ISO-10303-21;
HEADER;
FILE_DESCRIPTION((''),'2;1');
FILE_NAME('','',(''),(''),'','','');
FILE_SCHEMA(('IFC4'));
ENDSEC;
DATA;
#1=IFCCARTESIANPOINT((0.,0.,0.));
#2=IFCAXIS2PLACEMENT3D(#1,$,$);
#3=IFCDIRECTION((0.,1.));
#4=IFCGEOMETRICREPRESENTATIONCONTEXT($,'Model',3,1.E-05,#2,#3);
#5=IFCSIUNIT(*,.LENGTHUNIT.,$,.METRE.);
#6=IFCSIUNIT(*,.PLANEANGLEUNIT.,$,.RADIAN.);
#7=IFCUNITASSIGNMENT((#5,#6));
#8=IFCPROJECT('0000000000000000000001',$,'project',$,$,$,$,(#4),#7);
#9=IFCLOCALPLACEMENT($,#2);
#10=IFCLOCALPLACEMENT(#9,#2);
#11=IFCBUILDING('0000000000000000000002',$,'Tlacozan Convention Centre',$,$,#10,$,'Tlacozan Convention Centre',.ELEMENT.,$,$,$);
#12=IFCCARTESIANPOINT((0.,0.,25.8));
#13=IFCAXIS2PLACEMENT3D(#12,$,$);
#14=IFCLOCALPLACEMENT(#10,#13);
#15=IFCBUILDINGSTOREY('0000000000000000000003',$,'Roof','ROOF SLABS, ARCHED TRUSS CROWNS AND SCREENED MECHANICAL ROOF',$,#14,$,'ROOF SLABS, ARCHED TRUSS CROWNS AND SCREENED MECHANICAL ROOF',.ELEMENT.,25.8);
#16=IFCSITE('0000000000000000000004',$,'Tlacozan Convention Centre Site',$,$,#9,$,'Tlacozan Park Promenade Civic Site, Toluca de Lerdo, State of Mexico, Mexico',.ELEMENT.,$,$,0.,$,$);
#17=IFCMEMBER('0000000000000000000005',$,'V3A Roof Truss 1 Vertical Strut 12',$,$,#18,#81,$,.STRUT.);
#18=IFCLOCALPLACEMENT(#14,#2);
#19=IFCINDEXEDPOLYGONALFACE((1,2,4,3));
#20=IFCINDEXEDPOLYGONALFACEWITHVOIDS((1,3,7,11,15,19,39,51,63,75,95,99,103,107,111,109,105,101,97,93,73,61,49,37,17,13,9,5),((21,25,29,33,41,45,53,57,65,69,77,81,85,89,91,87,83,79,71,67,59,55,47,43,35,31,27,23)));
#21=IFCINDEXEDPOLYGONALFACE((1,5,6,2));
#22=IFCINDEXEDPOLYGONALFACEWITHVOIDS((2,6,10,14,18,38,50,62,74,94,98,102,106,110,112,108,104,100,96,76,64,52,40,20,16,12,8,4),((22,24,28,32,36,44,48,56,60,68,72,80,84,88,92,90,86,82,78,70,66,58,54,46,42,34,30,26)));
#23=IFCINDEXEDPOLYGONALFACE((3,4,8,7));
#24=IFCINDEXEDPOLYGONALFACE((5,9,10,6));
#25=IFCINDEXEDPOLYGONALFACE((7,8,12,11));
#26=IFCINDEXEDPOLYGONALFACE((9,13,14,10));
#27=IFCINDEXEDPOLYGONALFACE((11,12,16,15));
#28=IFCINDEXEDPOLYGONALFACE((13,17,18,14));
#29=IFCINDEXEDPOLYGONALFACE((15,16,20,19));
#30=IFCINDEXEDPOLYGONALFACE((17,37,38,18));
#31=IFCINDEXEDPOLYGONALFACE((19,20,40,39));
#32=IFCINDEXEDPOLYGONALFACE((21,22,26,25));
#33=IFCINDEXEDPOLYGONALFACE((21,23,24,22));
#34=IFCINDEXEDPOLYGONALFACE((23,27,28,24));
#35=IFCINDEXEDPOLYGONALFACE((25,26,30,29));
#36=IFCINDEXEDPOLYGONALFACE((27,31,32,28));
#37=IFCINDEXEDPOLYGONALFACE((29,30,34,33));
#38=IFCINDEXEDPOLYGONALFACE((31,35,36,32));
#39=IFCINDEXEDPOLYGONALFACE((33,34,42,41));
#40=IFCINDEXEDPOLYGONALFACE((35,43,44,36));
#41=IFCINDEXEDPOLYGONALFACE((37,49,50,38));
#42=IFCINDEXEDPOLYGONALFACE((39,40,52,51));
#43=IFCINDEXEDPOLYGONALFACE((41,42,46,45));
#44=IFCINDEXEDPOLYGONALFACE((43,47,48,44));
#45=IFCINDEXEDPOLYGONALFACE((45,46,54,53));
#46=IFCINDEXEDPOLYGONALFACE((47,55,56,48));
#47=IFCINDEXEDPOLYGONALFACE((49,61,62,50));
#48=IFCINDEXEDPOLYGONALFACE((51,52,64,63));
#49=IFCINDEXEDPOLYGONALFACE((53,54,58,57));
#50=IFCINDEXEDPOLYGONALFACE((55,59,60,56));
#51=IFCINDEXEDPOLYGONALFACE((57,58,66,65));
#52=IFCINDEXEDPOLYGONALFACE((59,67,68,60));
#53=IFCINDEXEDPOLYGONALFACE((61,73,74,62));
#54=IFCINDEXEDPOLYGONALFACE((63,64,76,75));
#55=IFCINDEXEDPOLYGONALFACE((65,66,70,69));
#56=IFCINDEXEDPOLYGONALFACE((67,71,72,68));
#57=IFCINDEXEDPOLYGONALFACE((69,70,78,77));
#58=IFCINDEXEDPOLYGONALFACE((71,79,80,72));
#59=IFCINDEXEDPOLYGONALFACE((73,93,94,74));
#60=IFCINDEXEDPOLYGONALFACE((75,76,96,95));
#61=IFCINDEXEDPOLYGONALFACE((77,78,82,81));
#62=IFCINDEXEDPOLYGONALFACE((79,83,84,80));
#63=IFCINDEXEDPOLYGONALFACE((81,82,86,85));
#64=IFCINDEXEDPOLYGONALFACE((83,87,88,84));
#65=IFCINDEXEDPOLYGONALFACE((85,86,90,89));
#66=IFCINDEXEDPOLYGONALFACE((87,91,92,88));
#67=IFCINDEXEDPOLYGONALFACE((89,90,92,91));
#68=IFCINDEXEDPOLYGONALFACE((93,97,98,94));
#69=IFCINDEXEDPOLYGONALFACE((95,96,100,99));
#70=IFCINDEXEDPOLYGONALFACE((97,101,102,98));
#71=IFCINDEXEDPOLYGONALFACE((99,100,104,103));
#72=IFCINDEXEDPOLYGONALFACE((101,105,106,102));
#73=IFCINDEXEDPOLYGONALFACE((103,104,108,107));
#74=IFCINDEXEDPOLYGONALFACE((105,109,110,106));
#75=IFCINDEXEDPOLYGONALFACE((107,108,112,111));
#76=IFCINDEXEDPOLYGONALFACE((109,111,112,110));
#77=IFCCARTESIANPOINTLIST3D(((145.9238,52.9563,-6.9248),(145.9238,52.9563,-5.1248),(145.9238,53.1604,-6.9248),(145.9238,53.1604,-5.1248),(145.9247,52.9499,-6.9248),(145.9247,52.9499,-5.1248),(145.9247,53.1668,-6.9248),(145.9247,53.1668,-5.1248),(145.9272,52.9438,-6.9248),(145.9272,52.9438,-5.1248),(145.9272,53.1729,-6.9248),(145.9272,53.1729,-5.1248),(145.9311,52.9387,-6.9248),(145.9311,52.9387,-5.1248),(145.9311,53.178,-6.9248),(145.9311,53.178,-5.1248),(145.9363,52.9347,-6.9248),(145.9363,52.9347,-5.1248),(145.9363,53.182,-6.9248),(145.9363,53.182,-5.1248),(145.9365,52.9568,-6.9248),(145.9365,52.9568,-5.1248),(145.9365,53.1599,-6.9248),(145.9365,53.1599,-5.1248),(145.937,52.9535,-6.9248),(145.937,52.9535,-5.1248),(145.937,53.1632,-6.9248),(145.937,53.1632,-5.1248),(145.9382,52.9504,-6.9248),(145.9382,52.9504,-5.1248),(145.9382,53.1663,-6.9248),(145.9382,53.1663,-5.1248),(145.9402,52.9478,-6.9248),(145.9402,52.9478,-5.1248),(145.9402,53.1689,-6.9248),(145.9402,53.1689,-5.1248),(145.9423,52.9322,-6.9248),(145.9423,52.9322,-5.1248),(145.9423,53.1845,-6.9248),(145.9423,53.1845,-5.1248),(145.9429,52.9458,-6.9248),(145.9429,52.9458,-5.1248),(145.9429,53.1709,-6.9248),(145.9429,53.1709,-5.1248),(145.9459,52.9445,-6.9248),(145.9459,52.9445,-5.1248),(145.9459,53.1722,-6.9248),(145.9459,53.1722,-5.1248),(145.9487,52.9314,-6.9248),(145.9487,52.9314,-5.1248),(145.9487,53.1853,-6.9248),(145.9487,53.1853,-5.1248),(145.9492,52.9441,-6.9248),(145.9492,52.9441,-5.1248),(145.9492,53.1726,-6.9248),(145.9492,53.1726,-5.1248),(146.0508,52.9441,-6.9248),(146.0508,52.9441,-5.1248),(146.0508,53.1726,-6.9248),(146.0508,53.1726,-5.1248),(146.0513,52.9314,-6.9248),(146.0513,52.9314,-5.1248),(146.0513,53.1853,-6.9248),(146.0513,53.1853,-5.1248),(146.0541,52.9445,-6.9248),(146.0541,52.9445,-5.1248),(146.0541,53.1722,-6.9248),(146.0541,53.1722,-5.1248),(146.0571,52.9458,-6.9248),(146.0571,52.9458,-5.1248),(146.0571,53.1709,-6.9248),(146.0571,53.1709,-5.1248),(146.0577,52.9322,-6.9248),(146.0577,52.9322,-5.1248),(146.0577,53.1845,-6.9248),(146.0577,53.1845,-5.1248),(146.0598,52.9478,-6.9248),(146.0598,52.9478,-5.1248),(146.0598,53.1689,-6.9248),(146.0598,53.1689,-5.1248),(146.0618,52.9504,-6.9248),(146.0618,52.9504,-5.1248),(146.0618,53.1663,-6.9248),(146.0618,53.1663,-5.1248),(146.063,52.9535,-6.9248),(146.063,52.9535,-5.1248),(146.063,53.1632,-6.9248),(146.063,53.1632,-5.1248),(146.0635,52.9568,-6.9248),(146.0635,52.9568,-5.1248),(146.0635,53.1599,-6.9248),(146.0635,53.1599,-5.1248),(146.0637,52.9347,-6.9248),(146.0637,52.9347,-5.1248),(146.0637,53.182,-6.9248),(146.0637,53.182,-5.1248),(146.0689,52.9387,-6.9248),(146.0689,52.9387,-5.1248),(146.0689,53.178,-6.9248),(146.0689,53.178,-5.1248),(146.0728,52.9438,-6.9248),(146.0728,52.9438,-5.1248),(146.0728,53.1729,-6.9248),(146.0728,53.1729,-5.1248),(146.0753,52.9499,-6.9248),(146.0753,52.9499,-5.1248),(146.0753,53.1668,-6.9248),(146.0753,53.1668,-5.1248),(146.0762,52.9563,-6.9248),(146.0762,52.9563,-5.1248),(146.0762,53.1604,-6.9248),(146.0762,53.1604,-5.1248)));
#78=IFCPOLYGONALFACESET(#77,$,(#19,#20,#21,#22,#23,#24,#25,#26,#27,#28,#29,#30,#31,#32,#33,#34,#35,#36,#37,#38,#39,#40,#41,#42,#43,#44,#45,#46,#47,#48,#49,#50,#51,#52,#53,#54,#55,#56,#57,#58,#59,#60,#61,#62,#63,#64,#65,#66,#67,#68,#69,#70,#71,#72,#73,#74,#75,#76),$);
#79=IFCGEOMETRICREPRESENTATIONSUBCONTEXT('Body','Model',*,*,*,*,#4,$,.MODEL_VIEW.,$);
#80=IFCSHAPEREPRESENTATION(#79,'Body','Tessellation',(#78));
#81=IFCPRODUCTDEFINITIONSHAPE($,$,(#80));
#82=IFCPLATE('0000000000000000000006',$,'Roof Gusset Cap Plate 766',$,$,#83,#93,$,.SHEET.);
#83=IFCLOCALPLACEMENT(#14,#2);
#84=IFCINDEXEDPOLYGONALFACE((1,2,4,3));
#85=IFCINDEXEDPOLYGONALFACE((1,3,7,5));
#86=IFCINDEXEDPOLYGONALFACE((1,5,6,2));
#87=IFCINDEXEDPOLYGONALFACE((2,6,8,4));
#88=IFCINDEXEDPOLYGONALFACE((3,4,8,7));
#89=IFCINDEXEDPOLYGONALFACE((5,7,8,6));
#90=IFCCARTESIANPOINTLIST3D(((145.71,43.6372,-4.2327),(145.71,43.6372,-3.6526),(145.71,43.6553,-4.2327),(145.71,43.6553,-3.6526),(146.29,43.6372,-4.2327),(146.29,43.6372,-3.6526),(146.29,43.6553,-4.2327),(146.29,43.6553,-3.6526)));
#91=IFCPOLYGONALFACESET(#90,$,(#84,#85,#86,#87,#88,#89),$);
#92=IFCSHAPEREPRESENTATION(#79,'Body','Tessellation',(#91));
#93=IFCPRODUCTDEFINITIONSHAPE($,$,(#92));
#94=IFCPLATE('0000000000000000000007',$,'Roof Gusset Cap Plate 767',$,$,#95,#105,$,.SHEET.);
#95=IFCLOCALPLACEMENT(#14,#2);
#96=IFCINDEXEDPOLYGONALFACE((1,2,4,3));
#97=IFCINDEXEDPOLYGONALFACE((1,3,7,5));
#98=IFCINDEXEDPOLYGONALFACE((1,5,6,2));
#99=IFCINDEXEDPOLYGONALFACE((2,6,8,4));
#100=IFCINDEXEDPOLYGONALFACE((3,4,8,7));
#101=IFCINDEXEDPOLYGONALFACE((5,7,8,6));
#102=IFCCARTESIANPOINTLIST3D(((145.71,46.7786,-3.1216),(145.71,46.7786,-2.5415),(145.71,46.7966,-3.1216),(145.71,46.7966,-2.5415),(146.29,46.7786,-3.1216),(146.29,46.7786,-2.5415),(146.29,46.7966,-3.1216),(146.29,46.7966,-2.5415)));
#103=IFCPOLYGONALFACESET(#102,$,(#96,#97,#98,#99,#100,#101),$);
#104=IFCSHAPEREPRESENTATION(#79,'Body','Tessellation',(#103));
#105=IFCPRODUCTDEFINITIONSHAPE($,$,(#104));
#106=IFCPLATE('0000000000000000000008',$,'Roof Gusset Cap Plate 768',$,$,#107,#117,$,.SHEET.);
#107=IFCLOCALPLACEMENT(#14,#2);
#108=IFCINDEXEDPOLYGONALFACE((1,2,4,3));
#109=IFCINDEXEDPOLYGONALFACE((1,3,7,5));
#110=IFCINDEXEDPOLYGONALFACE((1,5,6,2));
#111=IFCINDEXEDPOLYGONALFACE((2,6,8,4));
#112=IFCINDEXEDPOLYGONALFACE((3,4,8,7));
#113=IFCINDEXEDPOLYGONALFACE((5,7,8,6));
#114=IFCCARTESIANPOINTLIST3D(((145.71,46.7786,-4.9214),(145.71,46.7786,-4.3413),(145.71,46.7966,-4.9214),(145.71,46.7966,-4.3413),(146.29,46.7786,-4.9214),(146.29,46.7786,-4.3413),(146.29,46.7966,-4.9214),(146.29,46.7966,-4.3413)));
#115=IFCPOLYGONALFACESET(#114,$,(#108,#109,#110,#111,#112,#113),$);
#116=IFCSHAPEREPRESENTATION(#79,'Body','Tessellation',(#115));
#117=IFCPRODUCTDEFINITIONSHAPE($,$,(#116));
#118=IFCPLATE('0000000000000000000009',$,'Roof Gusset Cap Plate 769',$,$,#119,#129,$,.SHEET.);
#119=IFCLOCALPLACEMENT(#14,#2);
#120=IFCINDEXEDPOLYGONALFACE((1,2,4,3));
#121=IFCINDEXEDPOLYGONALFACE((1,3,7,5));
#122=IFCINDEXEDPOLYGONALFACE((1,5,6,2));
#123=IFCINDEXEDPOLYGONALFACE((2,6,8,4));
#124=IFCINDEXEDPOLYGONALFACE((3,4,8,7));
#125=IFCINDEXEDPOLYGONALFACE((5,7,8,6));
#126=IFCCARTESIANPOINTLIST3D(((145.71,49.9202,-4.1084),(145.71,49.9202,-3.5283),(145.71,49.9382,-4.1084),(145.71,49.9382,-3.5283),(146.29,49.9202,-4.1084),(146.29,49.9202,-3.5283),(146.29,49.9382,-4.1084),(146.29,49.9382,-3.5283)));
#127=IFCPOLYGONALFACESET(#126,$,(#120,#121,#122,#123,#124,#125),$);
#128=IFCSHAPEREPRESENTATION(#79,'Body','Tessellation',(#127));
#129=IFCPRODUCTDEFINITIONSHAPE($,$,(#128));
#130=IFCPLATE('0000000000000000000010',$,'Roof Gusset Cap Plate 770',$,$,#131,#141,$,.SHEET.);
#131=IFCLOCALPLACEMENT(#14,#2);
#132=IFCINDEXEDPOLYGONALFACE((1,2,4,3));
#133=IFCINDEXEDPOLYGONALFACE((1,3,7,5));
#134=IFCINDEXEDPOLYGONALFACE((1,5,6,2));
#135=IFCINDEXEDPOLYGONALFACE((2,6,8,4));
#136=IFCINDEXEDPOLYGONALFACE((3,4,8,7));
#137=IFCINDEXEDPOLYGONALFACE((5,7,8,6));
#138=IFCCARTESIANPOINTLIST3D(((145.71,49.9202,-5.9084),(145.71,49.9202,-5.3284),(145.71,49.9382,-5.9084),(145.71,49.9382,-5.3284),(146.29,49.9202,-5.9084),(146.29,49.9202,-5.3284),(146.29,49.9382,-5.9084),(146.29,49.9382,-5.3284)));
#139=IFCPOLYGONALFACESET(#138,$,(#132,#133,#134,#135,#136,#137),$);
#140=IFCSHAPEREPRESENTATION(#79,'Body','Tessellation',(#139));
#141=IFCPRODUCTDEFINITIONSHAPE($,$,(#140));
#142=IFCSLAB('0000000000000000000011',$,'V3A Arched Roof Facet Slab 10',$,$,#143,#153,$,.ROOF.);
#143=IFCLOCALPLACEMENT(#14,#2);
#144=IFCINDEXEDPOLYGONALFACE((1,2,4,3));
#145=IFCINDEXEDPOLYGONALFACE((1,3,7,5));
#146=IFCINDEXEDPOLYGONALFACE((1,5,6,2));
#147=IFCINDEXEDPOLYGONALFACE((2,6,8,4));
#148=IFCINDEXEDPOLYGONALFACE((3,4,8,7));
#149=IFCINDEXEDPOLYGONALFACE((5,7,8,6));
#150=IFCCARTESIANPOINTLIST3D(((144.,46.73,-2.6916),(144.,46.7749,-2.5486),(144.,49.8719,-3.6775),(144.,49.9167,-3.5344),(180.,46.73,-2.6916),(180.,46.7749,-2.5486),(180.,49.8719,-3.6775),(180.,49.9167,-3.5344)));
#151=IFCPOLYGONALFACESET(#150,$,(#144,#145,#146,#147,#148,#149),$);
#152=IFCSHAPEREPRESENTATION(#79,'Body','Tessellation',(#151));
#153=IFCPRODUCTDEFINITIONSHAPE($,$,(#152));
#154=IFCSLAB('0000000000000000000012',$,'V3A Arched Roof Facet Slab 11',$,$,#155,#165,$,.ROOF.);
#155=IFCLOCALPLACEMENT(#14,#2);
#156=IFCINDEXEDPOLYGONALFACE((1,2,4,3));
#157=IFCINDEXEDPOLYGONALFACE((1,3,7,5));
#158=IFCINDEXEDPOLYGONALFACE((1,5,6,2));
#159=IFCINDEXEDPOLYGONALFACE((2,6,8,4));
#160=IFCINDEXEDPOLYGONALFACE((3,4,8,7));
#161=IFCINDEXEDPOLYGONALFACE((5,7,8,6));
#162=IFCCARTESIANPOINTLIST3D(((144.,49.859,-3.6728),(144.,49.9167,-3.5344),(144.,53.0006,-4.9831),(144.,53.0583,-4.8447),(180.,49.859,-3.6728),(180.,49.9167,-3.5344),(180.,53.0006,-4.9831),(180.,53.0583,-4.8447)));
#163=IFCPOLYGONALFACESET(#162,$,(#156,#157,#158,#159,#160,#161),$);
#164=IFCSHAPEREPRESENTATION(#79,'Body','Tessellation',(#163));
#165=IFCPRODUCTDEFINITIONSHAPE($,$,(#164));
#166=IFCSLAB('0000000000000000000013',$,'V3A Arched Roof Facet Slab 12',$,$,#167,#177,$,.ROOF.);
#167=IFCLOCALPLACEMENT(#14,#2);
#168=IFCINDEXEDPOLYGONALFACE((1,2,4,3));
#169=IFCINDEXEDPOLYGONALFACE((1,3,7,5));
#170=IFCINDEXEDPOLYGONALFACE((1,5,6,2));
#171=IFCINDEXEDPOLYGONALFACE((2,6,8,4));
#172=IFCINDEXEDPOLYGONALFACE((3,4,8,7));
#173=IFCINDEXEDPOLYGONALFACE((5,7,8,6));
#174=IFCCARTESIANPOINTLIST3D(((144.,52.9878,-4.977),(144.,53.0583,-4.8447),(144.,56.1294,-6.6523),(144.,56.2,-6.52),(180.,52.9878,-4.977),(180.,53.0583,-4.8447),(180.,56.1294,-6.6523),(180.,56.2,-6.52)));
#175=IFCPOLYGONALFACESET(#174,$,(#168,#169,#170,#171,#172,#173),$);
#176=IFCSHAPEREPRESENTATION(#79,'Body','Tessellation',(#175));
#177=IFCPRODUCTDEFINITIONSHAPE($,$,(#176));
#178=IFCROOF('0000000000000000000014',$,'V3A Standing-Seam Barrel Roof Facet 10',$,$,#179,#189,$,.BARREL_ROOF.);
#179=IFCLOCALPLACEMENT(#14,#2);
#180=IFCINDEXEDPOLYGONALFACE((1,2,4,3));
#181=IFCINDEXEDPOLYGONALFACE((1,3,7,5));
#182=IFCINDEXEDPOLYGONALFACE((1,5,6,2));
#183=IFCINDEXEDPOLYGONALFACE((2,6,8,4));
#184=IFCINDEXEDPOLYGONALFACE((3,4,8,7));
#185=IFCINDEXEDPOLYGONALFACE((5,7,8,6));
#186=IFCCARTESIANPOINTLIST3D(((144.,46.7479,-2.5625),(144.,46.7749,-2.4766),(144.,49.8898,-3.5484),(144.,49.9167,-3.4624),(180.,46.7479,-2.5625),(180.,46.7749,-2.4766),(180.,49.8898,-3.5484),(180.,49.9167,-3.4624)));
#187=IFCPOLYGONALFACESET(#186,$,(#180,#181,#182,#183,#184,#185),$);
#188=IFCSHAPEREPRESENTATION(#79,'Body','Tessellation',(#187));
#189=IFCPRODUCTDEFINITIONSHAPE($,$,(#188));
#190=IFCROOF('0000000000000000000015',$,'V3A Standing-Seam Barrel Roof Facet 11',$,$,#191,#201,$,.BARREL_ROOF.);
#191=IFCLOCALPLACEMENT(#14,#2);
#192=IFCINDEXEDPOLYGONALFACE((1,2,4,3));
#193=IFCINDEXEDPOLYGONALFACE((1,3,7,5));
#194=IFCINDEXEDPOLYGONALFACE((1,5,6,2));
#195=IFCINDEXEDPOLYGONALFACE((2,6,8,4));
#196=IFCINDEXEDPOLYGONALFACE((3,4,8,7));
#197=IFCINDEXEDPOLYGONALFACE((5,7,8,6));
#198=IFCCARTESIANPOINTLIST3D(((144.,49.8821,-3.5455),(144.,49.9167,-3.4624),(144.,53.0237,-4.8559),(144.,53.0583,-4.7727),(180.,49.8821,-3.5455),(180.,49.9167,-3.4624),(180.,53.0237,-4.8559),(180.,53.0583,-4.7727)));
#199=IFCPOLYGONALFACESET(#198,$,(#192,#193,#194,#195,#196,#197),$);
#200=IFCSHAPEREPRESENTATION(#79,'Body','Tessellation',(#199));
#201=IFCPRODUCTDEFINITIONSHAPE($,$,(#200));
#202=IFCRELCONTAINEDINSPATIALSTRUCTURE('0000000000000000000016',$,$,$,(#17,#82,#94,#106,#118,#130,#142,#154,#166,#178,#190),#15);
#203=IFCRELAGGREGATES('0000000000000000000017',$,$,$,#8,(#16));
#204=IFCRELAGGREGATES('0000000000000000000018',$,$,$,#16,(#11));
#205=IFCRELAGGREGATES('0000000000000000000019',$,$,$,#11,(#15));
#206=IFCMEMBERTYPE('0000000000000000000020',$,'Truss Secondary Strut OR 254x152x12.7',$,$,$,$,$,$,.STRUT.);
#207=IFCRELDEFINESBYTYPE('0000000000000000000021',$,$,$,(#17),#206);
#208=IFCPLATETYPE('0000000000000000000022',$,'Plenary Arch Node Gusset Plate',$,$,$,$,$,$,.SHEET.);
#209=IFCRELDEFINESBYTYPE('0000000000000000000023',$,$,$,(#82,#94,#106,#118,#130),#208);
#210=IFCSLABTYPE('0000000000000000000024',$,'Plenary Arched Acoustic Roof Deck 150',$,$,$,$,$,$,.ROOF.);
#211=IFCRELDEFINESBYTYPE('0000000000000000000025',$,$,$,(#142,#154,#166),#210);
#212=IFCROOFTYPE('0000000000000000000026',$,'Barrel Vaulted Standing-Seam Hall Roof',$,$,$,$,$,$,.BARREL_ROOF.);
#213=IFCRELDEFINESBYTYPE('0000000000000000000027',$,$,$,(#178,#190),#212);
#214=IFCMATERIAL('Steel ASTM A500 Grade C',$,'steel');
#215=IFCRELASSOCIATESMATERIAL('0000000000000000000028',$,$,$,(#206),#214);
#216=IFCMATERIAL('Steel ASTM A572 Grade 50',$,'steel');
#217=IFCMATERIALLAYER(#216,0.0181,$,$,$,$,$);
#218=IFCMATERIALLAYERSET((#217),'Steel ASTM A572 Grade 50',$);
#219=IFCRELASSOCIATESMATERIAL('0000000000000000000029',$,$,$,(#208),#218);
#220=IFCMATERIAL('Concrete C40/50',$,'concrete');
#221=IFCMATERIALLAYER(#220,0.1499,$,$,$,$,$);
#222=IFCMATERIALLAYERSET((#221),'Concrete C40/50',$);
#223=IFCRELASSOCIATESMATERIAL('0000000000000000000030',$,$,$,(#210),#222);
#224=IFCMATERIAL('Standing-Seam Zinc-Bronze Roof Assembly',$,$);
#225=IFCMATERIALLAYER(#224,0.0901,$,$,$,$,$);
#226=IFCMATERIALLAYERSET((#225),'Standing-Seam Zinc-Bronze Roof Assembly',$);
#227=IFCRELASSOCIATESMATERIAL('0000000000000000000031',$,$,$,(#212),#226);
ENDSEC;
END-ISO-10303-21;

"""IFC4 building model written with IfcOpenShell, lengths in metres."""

from ifc_helpers import new_model, si_unit, direction, frame, origin, origin_2d, place, context, subcontext, project, spatial, polyline, rectangle, hollow_rectangle, outline, extrude, material, layer, layer_set, material_profile, profile_set, type_object, element, save


model = new_model("IFC4")

# Units and contexts
model_context = context("Model", 3, precision=1e-05, world=origin(), true_north=direction((0.0, 1.0)))
body_context = subcontext(model_context, "Body", "Model", "MODEL_VIEW")
ifc_project = project(units=[si_unit("LENGTHUNIT", "METRE"), si_unit("PLANEANGLEUNIT", "RADIAN")], contexts=[model_context])

# Site, building, storey
site_placement = place(None, origin())
site = spatial("IfcSite", under=ifc_project, at=site_placement, Name="Tlacozan Convention Centre Site", LongName="Tlacozan Park Promenade Civic Site, Toluca de Lerdo, State of Mexico, Mexico", CompositionType="ELEMENT", RefElevation=0.0)
building_placement = place(site_placement, origin())
building = spatial("IfcBuilding", under=site, at=building_placement, Name="Tlacozan Convention Centre", LongName="Tlacozan Convention Centre", CompositionType="ELEMENT")
storey_placement = place(building_placement, frame((0.0, 0.0, 25.8)))
storey = spatial("IfcBuildingStorey", under=building, at=storey_placement, Name="Roof", Description="ROOF SLABS, ARCHED TRUSS CROWNS AND SCREENED MECHANICAL ROOF", LongName="ROOF SLABS, ARCHED TRUSS CROWNS AND SCREENED MECHANICAL ROOF", CompositionType="ELEMENT", Elevation=25.8)

# Member
ifc_material_1 = material(Name="Steel ASTM A500 Grade C", Category="steel")
ifc_material_profile_1 = material_profile(ifc_material_1, hollow_rectangle(XDim=0.1523, YDim=0.2539, WallThickness=0.0127, InnerFilletRadius=0.0127, OuterFilletRadius=0.0249, at=origin_2d()), Name="OR 254x152x12.7")
ifc_profile_set_1 = profile_set([ifc_material_profile_1], Name="Steel ASTM A500 Grade C")
member_type_1 = type_object("IfcMemberType", Name="Truss Secondary Strut OR 254x152x12.7", PredefinedType="STRUT", material=ifc_profile_set_1)
for number, where, z_axis, x_axis, name in (
    (1, (146.0, 53.0583, -6.9248), (0.0, 0.0, 1.0), (1.0, 0.0, 0.0), "V3A Roof Truss 1 Vertical Strut 12"),
):
    element("IfcMember", number, at=place(storey_placement, frame(where, z_axis=z_axis, x_axis=x_axis)), inside=storey, type_object=member_type_1, Name=name, PredefinedType="STRUT", context=body_context, shape_type="SweptSolid", body=[
        extrude(hollow_rectangle(XDim=0.1523, YDim=0.2539, WallThickness=0.0127, InnerFilletRadius=0.0127, OuterFilletRadius=0.0249, at=origin_2d()), origin(), (0.0, 0.0, 1.0), 1.8),
    ])

# Plates
ifc_material_2 = material(Name="Steel ASTM A572 Grade 50", Category="steel")
ifc_layer_1 = layer(ifc_material_2, 0.0181)
ifc_layer_set_1 = layer_set([ifc_layer_1], Name="Steel ASTM A572 Grade 50")
plate_type = type_object("IfcPlateType", Name="Plenary Arch Node Gusset Plate", PredefinedType="SHEET", material=ifc_layer_set_1)
for number, where, z_axis, x_axis, name in (
    (2, (146.0, 43.6462, -4.2327), (0.0, 0.0, 1.0), (0.0, 1.0, 0.0), "Roof Gusset Cap Plate 766"),
    (3, (146.0, 46.7876, -3.1216), (0.0, 0.0, 1.0), (0.0, 1.0, 0.0), "Roof Gusset Cap Plate 767"),
    (4, (146.0, 46.7876, -4.9214), (0.0, 0.0, 1.0), (0.0, 1.0, 0.0), "Roof Gusset Cap Plate 768"),
    (5, (146.0, 49.9292, -4.1084), (0.0, 0.0, 1.0), (0.0, 1.0, 0.0), "Roof Gusset Cap Plate 769"),
    (6, (146.0, 49.9292, -5.9084), (0.0, 0.0, 1.0), (0.0, 1.0, 0.0), "Roof Gusset Cap Plate 770"),
):
    element("IfcPlate", number, at=place(storey_placement, frame(where, z_axis=z_axis, x_axis=x_axis)), inside=storey, type_object=plate_type, Name=name, PredefinedType="SHEET", context=body_context, shape_type="SweptSolid", body=[
        extrude(rectangle(XDim=0.0181, YDim=0.5801, at=origin_2d()), origin(), (0.0, 0.0, 1.0), 0.5801),
    ])

# Slabs
ifc_material_3 = material(Name="Concrete C40/50", Category="concrete")
ifc_layer_2 = layer(ifc_material_3, 0.1499)
ifc_layer_set_2 = layer_set([ifc_layer_2], Name="Concrete C40/50")
slab_type = type_object("IfcSlabType", Name="Plenary Arched Acoustic Roof Deck 150", PredefinedType="ROOF", material=ifc_layer_set_2)
slab_1_placement = place(storey_placement, frame((144.0, 46.7749, -2.5486), z_axis=(0.0, 0.299385, 0.954132), x_axis=(1.0, 0.0, 0.0)))
element("IfcSlab", 7, at=slab_1_placement, inside=storey, type_object=slab_type, Name="V3A Arched Roof Facet Slab 10", PredefinedType="ROOF", context=body_context, shape_type="SweptSolid", body=[
    extrude(outline(polyline([(0.0, 0.0), (36.0, 0.0), (36.0, 3.2929), (0.0, 3.2929), (0.0, 0.0)])), origin(), (0.0, 0.0, -1.0), 0.1499),
])
slab_2_placement = place(storey_placement, frame((144.0, 49.9167, -3.5344), z_axis=(0.0, 0.384941, 0.922941), x_axis=(1.0, 0.0, 0.0)))
element("IfcSlab", 8, at=slab_2_placement, inside=storey, type_object=slab_type, Name="V3A Arched Roof Facet Slab 11", PredefinedType="ROOF", context=body_context, shape_type="SweptSolid", body=[
    extrude(outline(polyline([(0.0, 0.0), (36.0, 0.0), (36.0, 3.4039), (0.0, 3.4039), (0.0, 0.0)])), origin(), (0.0, 0.0, -1.0), 0.1499),
])
slab_3_placement = place(storey_placement, frame((144.0, 53.0583, -4.8447), z_axis=(0.0, 0.470538, 0.88238), x_axis=(1.0, 0.0, 0.0)))
element("IfcSlab", 9, at=slab_3_placement, inside=storey, type_object=slab_type, Name="V3A Arched Roof Facet Slab 12", PredefinedType="ROOF", context=body_context, shape_type="SweptSolid", body=[
    extrude(outline(polyline([(0.0, 0.0), (36.0, 0.0), (36.0, 3.5604), (0.0, 3.5604), (0.0, 0.0)])), origin(), (0.0, 0.0, -1.0), 0.1499),
])

# Roofs
ifc_material_4 = material(Name="Standing-Seam Zinc-Bronze Roof Assembly")
ifc_layer_3 = layer(ifc_material_4, 0.0901)
ifc_layer_set_3 = layer_set([ifc_layer_3], Name="Standing-Seam Zinc-Bronze Roof Assembly")
roof_type = type_object("IfcRoofType", Name="Barrel Vaulted Standing-Seam Hall Roof", PredefinedType="BARREL_ROOF", material=ifc_layer_set_3)
roof_1_placement = place(storey_placement, frame((144.0, 46.7749, -2.4766), z_axis=(0.0, 0.299385, 0.954132), x_axis=(1.0, 0.0, 0.0)))
element("IfcRoof", 10, at=roof_1_placement, inside=storey, type_object=roof_type, Name="V3A Standing-Seam Barrel Roof Facet 10", PredefinedType="BARREL_ROOF", context=body_context, shape_type="SweptSolid", body=[
    extrude(outline(polyline([(0.0, 0.0), (36.0, 0.0), (36.0, 3.2929), (0.0, 3.2929), (0.0, 0.0)])), origin(), (0.0, 0.0, -1.0), 0.0901),
])
roof_2_placement = place(storey_placement, frame((144.0, 49.9167, -3.4624), z_axis=(0.0, 0.384941, 0.922941), x_axis=(1.0, 0.0, 0.0)))
element("IfcRoof", 11, at=roof_2_placement, inside=storey, type_object=roof_type, Name="V3A Standing-Seam Barrel Roof Facet 11", PredefinedType="BARREL_ROOF", context=body_context, shape_type="SweptSolid", body=[
    extrude(outline(polyline([(0.0, 0.0), (36.0, 0.0), (36.0, 3.4039), (0.0, 3.4039), (0.0, 0.0)])), origin(), (0.0, 0.0, -1.0), 0.0901),
])

save(model, "model.ifc")
